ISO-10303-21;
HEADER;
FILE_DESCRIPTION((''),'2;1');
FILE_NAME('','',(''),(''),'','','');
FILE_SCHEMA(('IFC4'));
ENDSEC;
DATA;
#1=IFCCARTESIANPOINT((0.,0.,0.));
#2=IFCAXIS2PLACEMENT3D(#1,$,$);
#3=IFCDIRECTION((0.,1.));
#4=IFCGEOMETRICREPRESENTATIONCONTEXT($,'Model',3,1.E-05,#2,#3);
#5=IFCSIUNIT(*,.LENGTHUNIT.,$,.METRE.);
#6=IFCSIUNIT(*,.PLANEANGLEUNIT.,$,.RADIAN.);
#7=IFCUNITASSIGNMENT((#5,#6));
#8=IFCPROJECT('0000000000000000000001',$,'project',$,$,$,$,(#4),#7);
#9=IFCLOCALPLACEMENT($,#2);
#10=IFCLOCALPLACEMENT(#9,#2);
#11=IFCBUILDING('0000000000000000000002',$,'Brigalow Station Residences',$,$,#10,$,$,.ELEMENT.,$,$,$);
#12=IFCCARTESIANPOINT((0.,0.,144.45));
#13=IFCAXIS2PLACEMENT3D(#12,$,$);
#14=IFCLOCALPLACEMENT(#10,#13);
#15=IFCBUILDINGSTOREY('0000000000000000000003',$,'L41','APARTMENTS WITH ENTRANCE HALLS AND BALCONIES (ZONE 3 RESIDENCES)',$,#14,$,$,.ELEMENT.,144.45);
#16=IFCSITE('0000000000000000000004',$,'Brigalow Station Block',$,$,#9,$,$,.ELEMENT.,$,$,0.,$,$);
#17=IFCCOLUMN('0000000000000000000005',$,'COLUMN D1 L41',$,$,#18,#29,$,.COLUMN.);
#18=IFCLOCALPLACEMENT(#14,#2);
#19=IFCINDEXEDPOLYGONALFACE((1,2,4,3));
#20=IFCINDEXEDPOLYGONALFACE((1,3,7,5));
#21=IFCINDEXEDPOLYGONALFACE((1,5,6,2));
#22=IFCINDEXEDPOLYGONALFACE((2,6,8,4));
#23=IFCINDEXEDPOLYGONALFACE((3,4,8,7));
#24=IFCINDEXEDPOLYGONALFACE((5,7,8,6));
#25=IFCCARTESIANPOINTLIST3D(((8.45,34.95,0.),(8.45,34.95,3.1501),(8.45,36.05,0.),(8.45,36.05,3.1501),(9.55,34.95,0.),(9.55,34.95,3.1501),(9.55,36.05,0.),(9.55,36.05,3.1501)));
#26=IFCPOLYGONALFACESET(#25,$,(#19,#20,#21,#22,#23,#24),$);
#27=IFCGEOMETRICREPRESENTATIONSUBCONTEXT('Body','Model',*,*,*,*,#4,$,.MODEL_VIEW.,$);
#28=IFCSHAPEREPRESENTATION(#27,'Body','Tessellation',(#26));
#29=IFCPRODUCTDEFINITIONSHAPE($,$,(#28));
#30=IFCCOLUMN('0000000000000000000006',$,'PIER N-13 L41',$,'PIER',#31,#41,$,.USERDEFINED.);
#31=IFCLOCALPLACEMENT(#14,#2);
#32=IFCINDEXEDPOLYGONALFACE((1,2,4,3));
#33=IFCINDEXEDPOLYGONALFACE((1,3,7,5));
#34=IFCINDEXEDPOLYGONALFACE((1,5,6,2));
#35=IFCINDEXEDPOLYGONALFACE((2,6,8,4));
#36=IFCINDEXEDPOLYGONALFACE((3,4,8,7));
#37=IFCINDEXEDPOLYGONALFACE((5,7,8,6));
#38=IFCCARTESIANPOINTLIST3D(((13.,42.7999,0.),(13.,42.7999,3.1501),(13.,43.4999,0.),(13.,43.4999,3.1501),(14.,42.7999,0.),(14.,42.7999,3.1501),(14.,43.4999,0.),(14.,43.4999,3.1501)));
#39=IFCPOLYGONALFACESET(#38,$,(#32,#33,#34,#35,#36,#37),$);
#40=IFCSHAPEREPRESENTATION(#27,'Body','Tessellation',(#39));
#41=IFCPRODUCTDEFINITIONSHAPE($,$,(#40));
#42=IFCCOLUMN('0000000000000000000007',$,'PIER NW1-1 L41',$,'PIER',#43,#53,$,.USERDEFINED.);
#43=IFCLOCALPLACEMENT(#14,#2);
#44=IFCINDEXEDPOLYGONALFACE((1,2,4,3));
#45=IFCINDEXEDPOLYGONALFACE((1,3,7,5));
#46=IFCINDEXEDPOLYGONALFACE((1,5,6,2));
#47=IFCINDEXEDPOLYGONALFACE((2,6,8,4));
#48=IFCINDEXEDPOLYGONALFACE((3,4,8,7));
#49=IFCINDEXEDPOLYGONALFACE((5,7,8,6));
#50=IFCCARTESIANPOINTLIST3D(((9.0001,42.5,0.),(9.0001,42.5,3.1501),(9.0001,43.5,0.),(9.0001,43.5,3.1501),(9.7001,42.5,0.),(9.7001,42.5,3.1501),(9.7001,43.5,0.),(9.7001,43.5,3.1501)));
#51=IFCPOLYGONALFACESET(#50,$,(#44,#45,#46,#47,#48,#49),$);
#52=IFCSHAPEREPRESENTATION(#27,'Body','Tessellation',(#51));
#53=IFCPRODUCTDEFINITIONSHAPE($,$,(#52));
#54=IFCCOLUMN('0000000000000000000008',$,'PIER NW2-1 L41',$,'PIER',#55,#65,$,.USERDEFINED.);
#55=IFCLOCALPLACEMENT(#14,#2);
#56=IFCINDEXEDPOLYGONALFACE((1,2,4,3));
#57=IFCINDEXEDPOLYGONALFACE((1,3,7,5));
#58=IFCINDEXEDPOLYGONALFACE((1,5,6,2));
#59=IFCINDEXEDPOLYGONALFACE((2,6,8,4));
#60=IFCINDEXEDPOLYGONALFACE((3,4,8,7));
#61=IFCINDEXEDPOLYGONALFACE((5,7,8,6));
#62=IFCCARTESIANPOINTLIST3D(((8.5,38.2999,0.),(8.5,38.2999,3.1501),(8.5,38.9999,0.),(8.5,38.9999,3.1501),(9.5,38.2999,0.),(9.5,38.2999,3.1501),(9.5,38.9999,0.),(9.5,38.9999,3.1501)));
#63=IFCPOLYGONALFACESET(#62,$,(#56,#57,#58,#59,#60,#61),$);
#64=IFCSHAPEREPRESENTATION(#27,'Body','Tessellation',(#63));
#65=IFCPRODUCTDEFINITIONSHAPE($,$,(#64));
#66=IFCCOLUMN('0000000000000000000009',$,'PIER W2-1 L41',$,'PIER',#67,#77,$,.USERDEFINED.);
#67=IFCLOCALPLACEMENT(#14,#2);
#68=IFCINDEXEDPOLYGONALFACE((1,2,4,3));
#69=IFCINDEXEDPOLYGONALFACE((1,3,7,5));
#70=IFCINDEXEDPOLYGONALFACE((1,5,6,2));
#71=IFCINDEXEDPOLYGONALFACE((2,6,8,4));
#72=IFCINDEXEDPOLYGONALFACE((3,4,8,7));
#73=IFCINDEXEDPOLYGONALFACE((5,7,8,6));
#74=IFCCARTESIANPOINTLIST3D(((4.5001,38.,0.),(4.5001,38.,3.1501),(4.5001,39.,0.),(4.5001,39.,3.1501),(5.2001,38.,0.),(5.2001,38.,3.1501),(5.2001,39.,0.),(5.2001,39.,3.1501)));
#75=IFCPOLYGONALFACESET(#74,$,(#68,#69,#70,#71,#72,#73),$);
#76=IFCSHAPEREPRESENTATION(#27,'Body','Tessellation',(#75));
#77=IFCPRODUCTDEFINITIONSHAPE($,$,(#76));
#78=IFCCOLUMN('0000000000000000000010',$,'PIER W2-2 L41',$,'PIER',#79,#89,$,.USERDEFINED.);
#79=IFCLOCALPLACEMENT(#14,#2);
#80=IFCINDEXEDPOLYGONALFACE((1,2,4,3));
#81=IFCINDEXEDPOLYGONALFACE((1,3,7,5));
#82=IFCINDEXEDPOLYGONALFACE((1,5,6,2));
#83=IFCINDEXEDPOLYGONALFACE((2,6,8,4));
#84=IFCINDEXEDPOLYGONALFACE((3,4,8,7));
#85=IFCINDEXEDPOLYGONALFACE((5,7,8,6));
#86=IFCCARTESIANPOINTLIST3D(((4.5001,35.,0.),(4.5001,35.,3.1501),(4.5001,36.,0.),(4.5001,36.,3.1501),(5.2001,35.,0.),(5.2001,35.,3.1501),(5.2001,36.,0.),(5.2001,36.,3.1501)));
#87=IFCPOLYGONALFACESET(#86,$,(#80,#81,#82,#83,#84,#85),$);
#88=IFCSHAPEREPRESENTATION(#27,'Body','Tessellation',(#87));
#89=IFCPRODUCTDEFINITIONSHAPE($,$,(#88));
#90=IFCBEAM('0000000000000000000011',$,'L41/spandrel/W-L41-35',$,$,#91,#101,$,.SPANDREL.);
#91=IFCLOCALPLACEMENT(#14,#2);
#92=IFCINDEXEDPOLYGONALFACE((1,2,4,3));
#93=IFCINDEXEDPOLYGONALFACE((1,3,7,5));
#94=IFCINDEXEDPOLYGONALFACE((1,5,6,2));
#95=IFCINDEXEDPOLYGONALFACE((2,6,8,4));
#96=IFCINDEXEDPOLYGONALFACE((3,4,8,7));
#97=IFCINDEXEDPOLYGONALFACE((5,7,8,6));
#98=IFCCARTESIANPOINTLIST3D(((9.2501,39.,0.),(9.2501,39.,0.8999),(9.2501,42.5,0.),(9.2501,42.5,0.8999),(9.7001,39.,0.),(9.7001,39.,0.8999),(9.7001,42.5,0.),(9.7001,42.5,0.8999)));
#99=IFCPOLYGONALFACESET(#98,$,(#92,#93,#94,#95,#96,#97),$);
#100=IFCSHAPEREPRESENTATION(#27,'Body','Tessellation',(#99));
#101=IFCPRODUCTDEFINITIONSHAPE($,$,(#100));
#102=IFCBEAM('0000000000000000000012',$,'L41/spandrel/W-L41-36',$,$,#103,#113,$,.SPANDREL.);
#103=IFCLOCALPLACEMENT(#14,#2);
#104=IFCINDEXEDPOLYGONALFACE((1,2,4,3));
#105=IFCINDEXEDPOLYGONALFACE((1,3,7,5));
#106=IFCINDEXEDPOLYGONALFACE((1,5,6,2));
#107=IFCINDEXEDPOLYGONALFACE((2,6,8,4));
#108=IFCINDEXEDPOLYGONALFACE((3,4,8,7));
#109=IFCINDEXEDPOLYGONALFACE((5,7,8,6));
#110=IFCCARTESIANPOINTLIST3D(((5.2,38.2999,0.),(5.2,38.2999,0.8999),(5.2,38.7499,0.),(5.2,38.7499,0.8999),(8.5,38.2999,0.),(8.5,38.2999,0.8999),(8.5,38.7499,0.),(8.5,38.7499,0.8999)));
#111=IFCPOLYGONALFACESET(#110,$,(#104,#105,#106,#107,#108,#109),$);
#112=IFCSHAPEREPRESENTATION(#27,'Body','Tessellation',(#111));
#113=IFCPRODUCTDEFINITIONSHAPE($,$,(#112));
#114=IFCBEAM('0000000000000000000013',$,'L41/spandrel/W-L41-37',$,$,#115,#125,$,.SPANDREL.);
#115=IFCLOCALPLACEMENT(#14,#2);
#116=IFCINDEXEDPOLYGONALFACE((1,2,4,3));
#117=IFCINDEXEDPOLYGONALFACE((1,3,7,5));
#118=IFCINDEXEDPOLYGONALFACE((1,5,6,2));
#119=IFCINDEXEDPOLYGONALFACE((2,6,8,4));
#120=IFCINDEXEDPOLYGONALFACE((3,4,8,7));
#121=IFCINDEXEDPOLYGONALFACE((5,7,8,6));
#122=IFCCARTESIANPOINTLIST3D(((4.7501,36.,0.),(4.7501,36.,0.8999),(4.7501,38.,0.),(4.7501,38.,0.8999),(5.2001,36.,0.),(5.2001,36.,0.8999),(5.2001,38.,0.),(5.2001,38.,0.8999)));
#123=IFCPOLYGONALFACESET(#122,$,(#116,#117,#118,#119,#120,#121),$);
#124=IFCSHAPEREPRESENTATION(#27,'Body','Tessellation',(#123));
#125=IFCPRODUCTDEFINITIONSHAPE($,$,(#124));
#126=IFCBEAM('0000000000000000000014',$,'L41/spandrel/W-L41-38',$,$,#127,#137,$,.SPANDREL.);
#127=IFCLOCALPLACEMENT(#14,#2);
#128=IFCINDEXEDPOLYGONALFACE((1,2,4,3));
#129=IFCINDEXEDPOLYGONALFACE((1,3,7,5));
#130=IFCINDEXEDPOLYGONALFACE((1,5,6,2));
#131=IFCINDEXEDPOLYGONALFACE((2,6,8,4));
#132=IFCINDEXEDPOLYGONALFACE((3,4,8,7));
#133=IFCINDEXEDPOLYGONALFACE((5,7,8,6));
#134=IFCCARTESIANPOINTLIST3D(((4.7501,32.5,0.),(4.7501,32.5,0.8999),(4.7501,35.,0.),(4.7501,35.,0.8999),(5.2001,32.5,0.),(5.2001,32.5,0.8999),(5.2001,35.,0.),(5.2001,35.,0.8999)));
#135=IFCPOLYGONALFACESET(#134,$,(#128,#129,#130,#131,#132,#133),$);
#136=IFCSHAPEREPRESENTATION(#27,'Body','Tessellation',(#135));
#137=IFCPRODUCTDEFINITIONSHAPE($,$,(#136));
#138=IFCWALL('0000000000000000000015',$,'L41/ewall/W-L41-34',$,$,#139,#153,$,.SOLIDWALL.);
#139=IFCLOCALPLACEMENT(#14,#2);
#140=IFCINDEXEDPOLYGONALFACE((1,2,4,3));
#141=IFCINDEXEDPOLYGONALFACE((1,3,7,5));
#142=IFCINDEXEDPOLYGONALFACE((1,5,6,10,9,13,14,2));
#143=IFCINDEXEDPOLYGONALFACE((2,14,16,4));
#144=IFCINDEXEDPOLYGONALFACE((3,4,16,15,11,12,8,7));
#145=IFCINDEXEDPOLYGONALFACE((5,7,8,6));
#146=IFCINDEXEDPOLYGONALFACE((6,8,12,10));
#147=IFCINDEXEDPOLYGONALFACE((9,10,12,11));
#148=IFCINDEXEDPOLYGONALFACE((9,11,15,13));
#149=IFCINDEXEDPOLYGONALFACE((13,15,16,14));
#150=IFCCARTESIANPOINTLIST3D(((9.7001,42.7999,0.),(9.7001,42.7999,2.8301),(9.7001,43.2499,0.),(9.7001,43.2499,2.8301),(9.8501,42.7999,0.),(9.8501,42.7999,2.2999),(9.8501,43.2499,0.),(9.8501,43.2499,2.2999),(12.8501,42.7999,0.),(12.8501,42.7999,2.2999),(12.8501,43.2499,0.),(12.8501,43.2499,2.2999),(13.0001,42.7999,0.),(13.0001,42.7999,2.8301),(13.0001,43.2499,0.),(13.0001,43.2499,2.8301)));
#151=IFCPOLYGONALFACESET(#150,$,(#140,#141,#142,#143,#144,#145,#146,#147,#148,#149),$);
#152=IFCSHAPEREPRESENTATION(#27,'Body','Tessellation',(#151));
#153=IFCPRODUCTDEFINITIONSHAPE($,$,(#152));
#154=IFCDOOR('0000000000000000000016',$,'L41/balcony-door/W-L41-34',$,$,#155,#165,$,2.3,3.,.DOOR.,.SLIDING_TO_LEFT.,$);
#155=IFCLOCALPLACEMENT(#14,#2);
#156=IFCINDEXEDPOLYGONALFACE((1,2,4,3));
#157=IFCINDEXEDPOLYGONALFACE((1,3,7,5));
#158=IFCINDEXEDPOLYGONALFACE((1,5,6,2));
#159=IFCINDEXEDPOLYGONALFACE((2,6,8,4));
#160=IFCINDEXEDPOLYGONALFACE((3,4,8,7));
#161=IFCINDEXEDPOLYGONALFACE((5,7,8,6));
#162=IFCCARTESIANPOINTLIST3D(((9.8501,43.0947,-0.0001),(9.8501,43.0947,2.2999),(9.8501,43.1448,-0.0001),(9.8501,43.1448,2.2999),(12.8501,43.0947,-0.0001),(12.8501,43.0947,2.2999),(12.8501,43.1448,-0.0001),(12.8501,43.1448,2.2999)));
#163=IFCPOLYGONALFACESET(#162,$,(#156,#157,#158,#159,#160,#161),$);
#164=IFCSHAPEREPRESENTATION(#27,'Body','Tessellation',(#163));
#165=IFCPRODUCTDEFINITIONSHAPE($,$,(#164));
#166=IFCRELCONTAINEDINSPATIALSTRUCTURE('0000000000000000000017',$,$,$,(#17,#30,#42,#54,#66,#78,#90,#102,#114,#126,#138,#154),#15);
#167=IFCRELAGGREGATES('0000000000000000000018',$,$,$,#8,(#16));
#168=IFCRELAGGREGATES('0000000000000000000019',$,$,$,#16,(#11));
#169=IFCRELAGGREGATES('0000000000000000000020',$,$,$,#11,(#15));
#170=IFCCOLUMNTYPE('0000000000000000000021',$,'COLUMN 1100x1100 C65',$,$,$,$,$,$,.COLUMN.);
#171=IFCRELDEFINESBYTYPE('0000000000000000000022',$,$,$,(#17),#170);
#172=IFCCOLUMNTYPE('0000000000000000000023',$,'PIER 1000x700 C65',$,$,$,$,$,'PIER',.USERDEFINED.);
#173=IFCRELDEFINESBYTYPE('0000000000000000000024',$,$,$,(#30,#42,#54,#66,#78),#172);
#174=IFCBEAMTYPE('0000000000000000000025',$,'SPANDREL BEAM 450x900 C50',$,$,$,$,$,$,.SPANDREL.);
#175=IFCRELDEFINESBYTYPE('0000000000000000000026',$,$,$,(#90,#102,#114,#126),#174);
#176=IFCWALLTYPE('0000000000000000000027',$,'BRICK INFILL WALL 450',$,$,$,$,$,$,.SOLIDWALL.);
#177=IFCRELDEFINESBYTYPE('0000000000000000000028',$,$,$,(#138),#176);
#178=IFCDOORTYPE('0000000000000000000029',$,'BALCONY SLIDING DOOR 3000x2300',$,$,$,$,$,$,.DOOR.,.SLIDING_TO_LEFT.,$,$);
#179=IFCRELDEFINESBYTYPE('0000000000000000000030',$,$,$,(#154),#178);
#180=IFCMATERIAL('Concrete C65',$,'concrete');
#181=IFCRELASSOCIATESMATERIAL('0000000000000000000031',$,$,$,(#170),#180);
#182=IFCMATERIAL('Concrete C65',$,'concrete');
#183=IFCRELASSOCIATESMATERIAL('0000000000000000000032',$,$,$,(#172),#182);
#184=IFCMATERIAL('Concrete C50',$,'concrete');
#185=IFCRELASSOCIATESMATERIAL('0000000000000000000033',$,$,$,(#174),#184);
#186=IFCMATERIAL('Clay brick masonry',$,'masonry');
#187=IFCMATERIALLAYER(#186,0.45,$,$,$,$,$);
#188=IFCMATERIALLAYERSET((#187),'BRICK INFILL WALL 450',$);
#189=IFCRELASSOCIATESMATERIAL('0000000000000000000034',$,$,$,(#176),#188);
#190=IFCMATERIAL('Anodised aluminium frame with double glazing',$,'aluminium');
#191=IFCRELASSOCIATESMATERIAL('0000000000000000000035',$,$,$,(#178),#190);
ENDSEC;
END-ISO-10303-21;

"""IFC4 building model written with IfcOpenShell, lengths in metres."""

from ifc_helpers import new_model, si_unit, direction, frame, frame_2d, origin, origin_2d, place, context, subcontext, project, spatial, rectangle, extrude, material, layer, layer_set, material_profile, profile_set, type_object, element, fill, save


model = new_model("IFC4")

# Units and contexts
model_context = context("Model", 3, precision=1e-05, world=origin(), true_north=direction((0.0, 1.0)))
body_context = subcontext(model_context, "Body", "Model", "MODEL_VIEW")
ifc_project = project(units=[si_unit("LENGTHUNIT", "METRE"), si_unit("PLANEANGLEUNIT", "RADIAN")], contexts=[model_context])

# Site, building, storey
site_placement = place(None, origin())
site = spatial("IfcSite", under=ifc_project, at=site_placement, Name="Brigalow Station Block", CompositionType="ELEMENT", RefElevation=0.0)
building_placement = place(site_placement, origin())
building = spatial("IfcBuilding", under=site, at=building_placement, Name="Brigalow Station Residences", CompositionType="ELEMENT")
storey_placement = place(building_placement, frame((0.0, 0.0, 144.45)))
storey = spatial("IfcBuildingStorey", under=building, at=storey_placement, Name="L41", Description="APARTMENTS WITH ENTRANCE HALLS AND BALCONIES (ZONE 3 RESIDENCES)", CompositionType="ELEMENT", Elevation=144.45)

# Columns
ifc_material_1 = material(Name="Concrete C65", Category="concrete")
ifc_material_profile_1 = material_profile(ifc_material_1, rectangle(XDim=1.1001, YDim=1.1001, at=origin_2d()), Name="RC1100x1100")
ifc_profile_set_1 = profile_set([ifc_material_profile_1], Name="Concrete C65")
column_type_1 = type_object("IfcColumnType", Name="COLUMN 1100x1100 C65", PredefinedType="COLUMN", material=ifc_profile_set_1)
column_placement = place(storey_placement, frame((9.0, 35.5, 0.0), z_axis=(0.0, 0.0, 1.0), x_axis=(1.0, 0.0, 0.0)))
element("IfcColumn", 1, at=column_placement, inside=storey, type_object=column_type_1, Name="COLUMN D1 L41", PredefinedType="COLUMN", context=body_context, shape_type="SweptSolid", body=[
    extrude(rectangle(XDim=1.1001, YDim=1.1001, at=origin_2d()), origin(), (0.0, 0.0, 1.0), 3.1501),
])
ifc_material_2 = material(Name="Concrete C65", Category="concrete")
ifc_material_profile_2 = material_profile(ifc_material_2, rectangle(XDim=1.0, YDim=0.7, at=origin_2d()), Name="RC1000x700")
ifc_profile_set_2 = profile_set([ifc_material_profile_2], Name="Concrete C65")
column_type_2 = type_object("IfcColumnType", Name="PIER 1000x700 C65", ElementType="PIER", PredefinedType="USERDEFINED", material=ifc_profile_set_2)
for number, where, z_axis, x_axis, name in (
    (2, (13.5, 43.1499, 0.0), (0.0, 0.0, 1.0), (-1.0, 0.0, 0.0), "PIER N-13 L41"),
    (3, (9.3501, 43.0, 0.0), (0.0, 0.0, 1.0), (0.0, -1.0, 0.0), "PIER NW1-1 L41"),
    (4, (9.0, 38.6499, 0.0), (0.0, 0.0, 1.0), (-1.0, 0.0, 0.0), "PIER NW2-1 L41"),
    (5, (4.8501, 38.5, 0.0), (0.0, 0.0, 1.0), (0.0, -1.0, 0.0), "PIER W2-1 L41"),
    (6, (4.8501, 35.5, 0.0), (0.0, 0.0, 1.0), (0.0, -1.0, 0.0), "PIER W2-2 L41"),
):
    element("IfcColumn", number, at=place(storey_placement, frame(where, z_axis=z_axis, x_axis=x_axis)), inside=storey, type_object=column_type_2, Name=name, ObjectType="PIER", PredefinedType="USERDEFINED", context=body_context, shape_type="SweptSolid", body=[
        extrude(rectangle(XDim=1.0, YDim=0.7, at=origin_2d()), origin(), (0.0, 0.0, 1.0), 3.1501),
    ])

# Beams
ifc_material_3 = material(Name="Concrete C50", Category="concrete")
ifc_material_profile_3 = material_profile(ifc_material_3, rectangle(XDim=0.45, YDim=0.8999, at=origin_2d()), Name="RC450x900")
ifc_profile_set_3 = profile_set([ifc_material_profile_3], Name="Concrete C50")
beam_type = type_object("IfcBeamType", Name="SPANDREL BEAM 450x900 C50", PredefinedType="SPANDREL", material=ifc_profile_set_3)
beam_1_placement = place(storey_placement, frame((9.4751, 42.5, 0.45), z_axis=(0.0, -1.0, 0.0), x_axis=(1.0, 0.0, 0.0)))
element("IfcBeam", 7, at=beam_1_placement, inside=storey, type_object=beam_type, Name="L41/spandrel/W-L41-35", PredefinedType="SPANDREL", context=body_context, shape_type="SweptSolid", body=[
    extrude(rectangle(XDim=0.45, YDim=0.8999, at=origin_2d()), origin(), (0.0, 0.0, 1.0), 3.5),
])
beam_2_placement = place(storey_placement, frame((8.5, 38.5249, 0.45), z_axis=(-1.0, 0.0, 0.0), x_axis=(0.0, -1.0, 0.0)))
element("IfcBeam", 8, at=beam_2_placement, inside=storey, type_object=beam_type, Name="L41/spandrel/W-L41-36", PredefinedType="SPANDREL", context=body_context, shape_type="SweptSolid", body=[
    extrude(rectangle(XDim=0.45, YDim=0.8999, at=origin_2d()), origin(), (0.0, 0.0, 1.0), 3.3),
])
beam_3_placement = place(storey_placement, frame((4.9751, 38.0, 0.45), z_axis=(0.0, -1.0, 0.0), x_axis=(1.0, 0.0, 0.0)))
element("IfcBeam", 9, at=beam_3_placement, inside=storey, type_object=beam_type, Name="L41/spandrel/W-L41-37", PredefinedType="SPANDREL", context=body_context, shape_type="SweptSolid", body=[
    extrude(rectangle(XDim=0.45, YDim=0.8999, at=origin_2d()), origin(), (0.0, 0.0, 1.0), 2.0),
])
beam_4_placement = place(storey_placement, frame((4.9751, 35.0, 0.45), z_axis=(0.0, -1.0, 0.0), x_axis=(1.0, 0.0, 0.0)))
element("IfcBeam", 10, at=beam_4_placement, inside=storey, type_object=beam_type, Name="L41/spandrel/W-L41-38", PredefinedType="SPANDREL", context=body_context, shape_type="SweptSolid", body=[
    extrude(rectangle(XDim=0.45, YDim=0.8999, at=origin_2d()), origin(), (0.0, 0.0, 1.0), 2.5),
])

# Wall, opening, door
ifc_material_4 = material(Name="Clay brick masonry", Category="masonry")
ifc_layer_1 = layer(ifc_material_4, 0.45)
ifc_layer_set_1 = layer_set([ifc_layer_1], Name="BRICK INFILL WALL 450")
wall_type_1 = type_object("IfcWallType", Name="BRICK INFILL WALL 450", PredefinedType="SOLIDWALL", material=ifc_layer_set_1)
wall_1_placement = place(storey_placement, frame((13.0, 43.0249, 0.0), z_axis=(0.0, 0.0, 1.0), x_axis=(-1.0, 0.0, 0.0)))
wall_1 = element("IfcWall", 11, at=wall_1_placement, inside=storey, type_object=wall_type_1, Name="L41/ewall/W-L41-34", PredefinedType="SOLIDWALL", context=body_context, shape_type="SweptSolid", body=[
    extrude(rectangle(XDim=3.3, YDim=0.45, at=frame_2d((1.6499, 0.0))), origin(), (0.0, 0.0, 1.0), 2.8301),
])
opening_1_placement = place(wall_1_placement, frame((0.1499, 0.0, 0.0)))
opening_1 = element("IfcOpeningElement", 12, at=opening_1_placement, cuts=wall_1, PredefinedType="OPENING", context=body_context, shape_type="SweptSolid", body=[
    extrude(rectangle(XDim=3.0, YDim=2.3, at=frame_2d((1.5, 1.1499))), frame((0.0, 0.2349, 0.0), z_axis=(0.0, -1.0, 0.0), x_axis=(1.0, 0.0, 0.0)), (0.0, 0.0, 1.0), 0.47),
])
ifc_material_5 = material(Name="Anodised aluminium frame with double glazing", Category="aluminium")
door_type_1 = type_object("IfcDoorType", Name="BALCONY SLIDING DOOR 3000x2300", OperationType="SLIDING_TO_LEFT", PredefinedType="DOOR", material=ifc_material_5)
door_1_placement = place(opening_1_placement, origin())
door_1 = element("IfcDoor", 13, at=door_1_placement, inside=storey, type_object=door_type_1, Name="L41/balcony-door/W-L41-34", OperationType="SLIDING_TO_LEFT", OverallHeight=2.3, OverallWidth=3.0, PredefinedType="DOOR", context=body_context, shape_type="SweptSolid", body=[
    extrude(rectangle(XDim=3.0, YDim=2.3, at=frame_2d((1.5, 1.1499))), frame((0.0, -0.0698, 0.0), z_axis=(0.0, -1.0, 0.0), x_axis=(1.0, 0.0, 0.0)), (0.0, 0.0, 1.0), 0.05),
])
fill(opening_1, door_1)

save(model, "model.ifc")
